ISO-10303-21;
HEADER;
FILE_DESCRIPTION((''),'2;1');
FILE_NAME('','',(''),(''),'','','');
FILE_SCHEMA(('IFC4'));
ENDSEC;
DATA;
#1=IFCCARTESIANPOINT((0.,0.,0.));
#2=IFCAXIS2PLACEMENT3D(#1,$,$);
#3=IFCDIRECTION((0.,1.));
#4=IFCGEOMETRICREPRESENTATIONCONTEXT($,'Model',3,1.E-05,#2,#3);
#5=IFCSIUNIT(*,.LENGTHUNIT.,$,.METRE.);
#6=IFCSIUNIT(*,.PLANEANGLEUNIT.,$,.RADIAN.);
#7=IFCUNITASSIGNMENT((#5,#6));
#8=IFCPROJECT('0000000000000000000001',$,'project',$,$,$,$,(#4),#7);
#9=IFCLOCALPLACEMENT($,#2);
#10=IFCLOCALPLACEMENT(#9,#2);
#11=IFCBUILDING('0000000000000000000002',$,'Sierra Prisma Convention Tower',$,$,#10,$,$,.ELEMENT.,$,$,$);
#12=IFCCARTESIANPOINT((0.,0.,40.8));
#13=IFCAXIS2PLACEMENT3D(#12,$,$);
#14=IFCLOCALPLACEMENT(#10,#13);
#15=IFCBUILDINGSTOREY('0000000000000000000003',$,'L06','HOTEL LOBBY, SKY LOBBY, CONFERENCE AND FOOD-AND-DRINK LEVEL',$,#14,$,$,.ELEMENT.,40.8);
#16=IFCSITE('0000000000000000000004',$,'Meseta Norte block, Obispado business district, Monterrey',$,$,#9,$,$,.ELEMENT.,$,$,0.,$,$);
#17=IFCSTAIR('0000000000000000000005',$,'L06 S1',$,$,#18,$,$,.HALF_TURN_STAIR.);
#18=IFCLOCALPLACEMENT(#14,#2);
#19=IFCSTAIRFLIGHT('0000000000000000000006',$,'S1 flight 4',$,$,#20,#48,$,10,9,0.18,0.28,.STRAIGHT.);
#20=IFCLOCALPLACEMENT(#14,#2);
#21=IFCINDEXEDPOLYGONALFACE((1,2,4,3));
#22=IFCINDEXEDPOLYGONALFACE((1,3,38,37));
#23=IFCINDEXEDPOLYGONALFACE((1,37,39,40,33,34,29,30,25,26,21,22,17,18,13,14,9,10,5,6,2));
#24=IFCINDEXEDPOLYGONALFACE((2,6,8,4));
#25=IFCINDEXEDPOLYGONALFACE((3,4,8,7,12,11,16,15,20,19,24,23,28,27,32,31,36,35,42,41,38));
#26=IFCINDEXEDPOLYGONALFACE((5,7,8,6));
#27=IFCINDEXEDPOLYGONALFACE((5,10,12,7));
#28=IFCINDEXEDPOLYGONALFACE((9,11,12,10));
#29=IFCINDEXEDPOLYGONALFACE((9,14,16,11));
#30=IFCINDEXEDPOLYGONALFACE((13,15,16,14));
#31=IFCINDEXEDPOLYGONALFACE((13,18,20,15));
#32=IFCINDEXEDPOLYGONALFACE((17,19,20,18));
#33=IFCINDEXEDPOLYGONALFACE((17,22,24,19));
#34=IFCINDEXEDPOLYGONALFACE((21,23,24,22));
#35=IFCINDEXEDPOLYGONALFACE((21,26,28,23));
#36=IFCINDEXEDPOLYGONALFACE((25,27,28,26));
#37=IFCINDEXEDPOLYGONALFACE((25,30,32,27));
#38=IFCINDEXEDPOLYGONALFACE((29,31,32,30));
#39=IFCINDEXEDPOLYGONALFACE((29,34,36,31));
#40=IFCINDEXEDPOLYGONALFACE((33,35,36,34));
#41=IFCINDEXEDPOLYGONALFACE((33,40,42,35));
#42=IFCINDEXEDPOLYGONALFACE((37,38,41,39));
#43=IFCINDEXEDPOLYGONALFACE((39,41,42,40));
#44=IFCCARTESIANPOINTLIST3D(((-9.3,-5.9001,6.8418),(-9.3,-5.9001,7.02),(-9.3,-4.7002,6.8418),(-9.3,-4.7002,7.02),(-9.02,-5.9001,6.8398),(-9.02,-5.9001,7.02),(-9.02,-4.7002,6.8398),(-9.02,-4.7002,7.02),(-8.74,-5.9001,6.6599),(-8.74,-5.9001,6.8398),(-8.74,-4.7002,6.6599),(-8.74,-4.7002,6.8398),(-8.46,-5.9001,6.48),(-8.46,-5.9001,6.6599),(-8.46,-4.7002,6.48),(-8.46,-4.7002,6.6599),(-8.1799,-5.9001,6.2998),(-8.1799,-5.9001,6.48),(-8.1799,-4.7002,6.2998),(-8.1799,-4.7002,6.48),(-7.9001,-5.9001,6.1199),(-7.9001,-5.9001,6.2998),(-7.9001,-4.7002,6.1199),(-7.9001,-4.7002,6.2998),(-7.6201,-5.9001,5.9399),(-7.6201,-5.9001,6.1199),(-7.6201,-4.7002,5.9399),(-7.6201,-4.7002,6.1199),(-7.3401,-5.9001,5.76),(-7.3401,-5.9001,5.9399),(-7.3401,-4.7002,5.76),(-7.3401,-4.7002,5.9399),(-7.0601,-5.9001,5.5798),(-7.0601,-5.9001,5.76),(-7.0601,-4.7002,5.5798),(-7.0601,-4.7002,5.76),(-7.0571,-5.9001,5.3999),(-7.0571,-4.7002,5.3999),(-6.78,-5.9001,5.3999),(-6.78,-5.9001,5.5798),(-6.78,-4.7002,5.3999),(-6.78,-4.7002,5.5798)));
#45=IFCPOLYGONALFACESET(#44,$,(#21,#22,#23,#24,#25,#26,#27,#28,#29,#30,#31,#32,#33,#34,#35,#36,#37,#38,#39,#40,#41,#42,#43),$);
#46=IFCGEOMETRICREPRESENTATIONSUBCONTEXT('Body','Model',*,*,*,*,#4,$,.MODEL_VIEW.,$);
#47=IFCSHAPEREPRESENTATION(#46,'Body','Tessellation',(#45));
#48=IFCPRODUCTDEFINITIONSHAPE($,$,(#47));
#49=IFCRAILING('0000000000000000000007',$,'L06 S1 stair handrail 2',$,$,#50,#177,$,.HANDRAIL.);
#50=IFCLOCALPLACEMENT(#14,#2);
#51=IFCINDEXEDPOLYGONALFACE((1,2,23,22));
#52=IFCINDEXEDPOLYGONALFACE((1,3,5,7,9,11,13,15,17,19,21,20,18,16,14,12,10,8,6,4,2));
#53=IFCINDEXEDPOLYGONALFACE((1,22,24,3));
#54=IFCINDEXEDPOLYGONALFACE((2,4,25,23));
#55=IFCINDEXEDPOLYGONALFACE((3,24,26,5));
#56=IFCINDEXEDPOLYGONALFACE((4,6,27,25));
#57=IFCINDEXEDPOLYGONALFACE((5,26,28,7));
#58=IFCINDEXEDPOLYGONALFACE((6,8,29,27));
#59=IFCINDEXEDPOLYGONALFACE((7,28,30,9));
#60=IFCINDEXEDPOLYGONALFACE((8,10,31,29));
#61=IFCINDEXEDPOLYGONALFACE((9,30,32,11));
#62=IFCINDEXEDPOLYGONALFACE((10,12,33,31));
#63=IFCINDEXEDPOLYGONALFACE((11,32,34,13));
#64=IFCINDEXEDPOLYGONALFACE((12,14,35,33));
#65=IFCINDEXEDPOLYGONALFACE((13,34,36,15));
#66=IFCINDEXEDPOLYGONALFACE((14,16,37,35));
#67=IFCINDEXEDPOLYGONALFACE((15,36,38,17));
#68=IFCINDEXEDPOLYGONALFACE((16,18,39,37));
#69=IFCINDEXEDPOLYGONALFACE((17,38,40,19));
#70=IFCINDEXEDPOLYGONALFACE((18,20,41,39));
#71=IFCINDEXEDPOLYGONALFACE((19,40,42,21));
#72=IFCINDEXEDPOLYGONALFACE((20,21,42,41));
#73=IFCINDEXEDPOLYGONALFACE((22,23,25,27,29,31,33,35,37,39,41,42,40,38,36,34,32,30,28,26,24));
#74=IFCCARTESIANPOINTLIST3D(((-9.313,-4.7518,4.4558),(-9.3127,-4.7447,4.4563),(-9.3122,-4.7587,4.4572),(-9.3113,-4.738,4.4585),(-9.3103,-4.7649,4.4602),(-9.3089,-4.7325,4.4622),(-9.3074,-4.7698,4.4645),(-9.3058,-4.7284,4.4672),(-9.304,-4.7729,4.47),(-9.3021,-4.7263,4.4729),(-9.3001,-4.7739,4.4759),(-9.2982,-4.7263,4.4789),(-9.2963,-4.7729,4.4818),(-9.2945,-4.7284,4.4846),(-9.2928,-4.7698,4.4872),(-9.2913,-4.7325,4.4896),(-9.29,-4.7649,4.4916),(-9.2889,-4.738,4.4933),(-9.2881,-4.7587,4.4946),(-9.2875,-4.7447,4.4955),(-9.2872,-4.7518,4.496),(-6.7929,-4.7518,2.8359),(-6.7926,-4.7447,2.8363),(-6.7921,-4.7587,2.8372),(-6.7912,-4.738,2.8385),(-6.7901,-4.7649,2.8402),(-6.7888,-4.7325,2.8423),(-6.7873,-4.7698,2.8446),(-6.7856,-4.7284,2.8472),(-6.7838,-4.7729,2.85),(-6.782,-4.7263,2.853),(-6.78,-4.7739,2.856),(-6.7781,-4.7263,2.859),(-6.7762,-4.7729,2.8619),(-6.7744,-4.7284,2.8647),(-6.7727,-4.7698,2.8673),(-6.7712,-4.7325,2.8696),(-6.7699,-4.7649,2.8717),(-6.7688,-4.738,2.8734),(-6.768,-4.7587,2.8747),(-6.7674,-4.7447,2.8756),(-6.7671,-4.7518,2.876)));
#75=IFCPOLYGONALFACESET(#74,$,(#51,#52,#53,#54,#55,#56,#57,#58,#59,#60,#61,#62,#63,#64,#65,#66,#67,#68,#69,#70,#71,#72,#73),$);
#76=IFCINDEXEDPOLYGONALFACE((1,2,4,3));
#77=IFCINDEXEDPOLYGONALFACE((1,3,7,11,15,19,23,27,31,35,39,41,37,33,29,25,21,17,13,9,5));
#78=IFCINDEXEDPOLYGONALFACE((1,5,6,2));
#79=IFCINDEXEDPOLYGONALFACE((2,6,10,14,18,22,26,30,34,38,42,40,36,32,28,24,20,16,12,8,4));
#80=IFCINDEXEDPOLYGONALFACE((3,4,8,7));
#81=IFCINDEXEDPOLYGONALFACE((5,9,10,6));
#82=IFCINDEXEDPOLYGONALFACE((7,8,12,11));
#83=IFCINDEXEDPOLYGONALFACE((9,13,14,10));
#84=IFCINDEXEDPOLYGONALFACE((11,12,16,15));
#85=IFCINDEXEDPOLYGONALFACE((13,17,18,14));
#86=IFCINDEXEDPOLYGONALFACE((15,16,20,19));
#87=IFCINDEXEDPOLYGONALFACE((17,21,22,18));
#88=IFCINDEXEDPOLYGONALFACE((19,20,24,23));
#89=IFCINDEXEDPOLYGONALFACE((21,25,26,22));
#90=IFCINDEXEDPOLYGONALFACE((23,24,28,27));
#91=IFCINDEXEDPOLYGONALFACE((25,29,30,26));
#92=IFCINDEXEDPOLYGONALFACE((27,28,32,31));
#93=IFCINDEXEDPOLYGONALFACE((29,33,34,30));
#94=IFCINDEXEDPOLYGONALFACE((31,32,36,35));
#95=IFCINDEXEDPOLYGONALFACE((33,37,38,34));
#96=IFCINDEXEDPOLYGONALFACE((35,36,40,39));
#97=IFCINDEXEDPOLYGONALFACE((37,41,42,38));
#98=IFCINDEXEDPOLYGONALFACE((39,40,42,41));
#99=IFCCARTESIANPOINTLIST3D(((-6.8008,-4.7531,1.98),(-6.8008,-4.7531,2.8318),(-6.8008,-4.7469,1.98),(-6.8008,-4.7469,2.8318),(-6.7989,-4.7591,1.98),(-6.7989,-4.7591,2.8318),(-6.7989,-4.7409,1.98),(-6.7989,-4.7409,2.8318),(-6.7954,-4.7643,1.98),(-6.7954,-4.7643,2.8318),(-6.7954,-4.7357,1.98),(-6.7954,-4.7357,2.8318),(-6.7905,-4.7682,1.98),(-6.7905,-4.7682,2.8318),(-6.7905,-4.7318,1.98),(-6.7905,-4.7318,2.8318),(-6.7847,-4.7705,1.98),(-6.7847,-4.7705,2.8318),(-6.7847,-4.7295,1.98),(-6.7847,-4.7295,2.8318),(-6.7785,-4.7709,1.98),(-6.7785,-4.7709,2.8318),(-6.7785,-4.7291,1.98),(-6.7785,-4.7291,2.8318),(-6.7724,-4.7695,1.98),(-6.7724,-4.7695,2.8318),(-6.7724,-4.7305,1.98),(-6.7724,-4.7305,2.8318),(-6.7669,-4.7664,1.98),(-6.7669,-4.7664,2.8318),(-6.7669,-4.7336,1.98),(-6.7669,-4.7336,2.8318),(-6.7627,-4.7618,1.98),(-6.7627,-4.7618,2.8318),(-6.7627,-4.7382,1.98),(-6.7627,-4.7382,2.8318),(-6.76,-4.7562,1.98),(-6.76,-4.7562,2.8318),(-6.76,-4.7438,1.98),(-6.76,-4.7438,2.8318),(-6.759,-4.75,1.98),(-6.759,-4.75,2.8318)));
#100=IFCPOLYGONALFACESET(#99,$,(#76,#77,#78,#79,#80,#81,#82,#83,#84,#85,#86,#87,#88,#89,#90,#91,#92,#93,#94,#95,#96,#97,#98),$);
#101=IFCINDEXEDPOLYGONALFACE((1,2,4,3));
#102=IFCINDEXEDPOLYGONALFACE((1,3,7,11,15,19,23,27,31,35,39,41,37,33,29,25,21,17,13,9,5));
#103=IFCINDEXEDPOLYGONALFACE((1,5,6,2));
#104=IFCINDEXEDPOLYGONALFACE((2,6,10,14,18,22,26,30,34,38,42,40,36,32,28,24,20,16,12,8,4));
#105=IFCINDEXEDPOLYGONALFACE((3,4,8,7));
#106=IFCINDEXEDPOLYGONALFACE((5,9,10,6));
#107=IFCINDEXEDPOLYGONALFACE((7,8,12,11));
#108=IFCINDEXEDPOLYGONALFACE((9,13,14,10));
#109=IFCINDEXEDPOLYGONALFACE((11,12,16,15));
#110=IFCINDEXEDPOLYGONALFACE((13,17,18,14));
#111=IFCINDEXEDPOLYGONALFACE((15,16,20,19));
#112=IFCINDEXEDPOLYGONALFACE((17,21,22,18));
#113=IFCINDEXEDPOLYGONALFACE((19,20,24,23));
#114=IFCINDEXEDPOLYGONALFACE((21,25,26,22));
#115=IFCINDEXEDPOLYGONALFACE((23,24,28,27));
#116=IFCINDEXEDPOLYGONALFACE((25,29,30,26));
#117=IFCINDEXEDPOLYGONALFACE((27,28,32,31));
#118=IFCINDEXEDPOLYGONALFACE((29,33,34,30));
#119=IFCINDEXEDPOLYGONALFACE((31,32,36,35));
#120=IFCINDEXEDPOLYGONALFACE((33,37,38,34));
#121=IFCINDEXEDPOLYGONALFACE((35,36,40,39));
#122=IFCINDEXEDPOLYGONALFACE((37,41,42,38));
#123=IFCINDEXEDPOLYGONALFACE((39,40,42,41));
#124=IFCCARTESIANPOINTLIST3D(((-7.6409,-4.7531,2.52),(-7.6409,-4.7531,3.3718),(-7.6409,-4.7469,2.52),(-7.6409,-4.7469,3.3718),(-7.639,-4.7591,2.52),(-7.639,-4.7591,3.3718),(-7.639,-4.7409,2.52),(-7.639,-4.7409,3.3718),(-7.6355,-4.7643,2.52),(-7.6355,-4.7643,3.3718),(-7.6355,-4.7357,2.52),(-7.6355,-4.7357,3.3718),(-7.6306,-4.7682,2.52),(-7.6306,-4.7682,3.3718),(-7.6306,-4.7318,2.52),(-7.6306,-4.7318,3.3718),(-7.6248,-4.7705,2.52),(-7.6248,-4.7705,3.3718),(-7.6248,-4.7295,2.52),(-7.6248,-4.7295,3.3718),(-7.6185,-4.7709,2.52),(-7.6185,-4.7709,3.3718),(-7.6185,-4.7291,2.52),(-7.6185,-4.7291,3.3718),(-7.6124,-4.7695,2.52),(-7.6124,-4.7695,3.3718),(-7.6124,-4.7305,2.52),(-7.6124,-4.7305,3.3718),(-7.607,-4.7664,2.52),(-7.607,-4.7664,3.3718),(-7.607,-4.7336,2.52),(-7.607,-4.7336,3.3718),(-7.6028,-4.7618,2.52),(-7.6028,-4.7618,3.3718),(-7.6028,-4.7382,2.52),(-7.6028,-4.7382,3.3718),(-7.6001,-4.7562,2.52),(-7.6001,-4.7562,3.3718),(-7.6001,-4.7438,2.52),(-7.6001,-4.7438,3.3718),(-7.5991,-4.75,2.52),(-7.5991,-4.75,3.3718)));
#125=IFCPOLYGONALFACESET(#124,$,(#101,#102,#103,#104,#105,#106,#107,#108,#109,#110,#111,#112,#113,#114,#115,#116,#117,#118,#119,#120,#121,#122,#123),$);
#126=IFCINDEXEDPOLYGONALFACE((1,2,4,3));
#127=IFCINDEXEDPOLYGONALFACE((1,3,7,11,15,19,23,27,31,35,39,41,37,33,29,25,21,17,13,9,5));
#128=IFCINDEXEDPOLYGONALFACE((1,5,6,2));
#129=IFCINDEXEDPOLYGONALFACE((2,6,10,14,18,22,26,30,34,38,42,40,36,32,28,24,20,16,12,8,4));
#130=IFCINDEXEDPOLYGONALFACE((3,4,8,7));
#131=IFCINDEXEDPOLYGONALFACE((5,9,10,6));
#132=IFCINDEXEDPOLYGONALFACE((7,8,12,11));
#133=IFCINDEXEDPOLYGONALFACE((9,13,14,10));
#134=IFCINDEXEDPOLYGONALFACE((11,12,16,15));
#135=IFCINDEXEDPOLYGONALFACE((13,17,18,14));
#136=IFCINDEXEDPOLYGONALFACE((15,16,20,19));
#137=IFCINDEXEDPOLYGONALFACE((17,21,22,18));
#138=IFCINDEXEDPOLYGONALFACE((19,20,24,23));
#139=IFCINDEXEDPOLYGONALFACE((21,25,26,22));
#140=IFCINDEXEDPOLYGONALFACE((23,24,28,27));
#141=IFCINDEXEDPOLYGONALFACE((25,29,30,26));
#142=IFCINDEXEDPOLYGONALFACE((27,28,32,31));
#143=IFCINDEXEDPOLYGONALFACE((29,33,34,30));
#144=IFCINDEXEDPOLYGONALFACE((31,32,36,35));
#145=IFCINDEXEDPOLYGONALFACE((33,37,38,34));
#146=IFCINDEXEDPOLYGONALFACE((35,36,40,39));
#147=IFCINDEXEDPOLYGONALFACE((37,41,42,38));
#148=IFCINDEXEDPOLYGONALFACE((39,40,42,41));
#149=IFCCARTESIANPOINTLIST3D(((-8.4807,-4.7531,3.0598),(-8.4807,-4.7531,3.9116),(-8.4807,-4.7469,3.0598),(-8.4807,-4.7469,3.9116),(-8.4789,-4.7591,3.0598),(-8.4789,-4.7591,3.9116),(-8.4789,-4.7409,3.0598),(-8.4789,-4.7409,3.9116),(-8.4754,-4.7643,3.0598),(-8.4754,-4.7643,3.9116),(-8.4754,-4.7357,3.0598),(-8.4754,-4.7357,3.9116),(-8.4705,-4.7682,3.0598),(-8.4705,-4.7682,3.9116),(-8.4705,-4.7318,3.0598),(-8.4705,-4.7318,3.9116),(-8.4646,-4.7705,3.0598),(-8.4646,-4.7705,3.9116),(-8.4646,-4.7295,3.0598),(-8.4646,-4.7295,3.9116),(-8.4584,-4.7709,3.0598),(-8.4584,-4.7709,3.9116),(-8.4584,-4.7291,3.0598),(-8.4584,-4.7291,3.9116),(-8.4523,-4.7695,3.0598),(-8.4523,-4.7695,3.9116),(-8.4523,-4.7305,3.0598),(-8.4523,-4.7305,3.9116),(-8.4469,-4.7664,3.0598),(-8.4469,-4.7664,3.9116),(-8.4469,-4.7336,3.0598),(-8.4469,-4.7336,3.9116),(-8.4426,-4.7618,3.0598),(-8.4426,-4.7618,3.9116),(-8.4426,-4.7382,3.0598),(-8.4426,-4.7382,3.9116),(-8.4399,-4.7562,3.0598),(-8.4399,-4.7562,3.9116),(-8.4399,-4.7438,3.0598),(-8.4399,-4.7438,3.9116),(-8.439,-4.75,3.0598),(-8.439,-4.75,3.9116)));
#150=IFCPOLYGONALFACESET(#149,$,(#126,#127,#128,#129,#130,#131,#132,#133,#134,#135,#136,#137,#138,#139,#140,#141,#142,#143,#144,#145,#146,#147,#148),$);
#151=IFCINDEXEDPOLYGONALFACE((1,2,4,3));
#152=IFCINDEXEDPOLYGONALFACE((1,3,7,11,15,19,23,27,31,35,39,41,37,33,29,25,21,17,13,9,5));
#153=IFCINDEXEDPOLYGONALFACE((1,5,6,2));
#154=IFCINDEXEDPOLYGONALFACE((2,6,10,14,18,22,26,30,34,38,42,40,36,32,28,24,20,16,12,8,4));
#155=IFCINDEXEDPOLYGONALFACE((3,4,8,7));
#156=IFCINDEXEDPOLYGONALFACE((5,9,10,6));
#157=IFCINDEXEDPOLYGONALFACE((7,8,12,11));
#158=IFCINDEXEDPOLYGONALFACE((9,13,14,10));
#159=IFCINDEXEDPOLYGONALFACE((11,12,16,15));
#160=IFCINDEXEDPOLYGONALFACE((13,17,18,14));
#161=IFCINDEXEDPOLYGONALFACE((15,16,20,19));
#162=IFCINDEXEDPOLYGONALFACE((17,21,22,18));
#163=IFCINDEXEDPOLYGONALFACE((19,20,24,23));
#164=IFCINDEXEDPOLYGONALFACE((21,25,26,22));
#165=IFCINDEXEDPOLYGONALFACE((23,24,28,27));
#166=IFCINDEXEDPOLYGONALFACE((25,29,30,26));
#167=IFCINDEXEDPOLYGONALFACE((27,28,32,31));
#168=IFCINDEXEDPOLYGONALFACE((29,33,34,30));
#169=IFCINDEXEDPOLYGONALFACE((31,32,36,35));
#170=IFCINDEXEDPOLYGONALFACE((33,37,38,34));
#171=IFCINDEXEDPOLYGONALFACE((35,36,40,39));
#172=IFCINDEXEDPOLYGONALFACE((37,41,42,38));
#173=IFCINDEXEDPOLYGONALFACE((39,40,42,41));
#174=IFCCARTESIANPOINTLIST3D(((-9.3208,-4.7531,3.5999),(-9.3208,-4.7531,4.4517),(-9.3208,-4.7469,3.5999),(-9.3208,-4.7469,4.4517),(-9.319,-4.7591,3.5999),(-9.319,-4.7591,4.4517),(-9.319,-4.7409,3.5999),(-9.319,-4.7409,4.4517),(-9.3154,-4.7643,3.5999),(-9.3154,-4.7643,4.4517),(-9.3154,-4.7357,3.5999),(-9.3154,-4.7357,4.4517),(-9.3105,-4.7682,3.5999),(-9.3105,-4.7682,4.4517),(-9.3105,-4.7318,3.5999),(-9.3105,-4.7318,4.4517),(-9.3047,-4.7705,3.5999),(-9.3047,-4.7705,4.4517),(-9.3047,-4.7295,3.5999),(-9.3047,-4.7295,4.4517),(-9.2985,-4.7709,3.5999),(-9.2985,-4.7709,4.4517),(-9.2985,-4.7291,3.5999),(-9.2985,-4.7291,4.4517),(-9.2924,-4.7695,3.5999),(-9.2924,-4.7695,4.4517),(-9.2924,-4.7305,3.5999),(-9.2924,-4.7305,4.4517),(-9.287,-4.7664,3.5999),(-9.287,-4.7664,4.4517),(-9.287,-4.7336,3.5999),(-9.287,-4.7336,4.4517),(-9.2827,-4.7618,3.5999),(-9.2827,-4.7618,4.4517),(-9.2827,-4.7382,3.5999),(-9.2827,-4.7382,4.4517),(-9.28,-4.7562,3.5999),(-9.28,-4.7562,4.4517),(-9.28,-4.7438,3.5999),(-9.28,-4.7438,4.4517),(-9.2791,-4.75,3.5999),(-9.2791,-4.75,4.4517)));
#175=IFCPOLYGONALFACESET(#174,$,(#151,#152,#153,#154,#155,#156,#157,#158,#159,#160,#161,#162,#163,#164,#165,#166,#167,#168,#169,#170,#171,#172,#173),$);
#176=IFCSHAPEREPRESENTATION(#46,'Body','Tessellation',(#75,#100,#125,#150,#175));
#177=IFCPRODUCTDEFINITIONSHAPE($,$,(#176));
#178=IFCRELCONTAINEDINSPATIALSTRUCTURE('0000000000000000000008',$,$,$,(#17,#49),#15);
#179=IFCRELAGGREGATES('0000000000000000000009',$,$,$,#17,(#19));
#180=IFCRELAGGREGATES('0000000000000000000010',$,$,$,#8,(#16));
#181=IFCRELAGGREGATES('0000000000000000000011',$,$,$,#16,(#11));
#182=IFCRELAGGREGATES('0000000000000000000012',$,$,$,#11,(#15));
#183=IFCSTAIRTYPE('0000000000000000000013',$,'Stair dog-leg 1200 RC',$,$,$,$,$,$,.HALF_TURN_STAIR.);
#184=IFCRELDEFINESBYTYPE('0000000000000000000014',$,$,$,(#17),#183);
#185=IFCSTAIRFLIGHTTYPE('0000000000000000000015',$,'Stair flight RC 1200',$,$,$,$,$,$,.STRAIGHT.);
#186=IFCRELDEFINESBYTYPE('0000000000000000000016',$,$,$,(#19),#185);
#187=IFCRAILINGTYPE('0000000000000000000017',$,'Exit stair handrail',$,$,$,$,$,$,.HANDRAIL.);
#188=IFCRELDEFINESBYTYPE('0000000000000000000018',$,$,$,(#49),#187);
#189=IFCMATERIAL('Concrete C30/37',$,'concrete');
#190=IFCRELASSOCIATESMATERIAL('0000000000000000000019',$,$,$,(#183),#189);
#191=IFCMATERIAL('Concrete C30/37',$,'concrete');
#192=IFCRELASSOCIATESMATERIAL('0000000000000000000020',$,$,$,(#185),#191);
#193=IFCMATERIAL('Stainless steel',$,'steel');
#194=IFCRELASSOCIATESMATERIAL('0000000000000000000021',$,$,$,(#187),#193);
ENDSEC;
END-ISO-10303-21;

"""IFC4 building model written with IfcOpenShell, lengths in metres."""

from ifc_helpers import new_model, si_unit, direction, frame, origin, origin_2d, place, context, subcontext, project, spatial, polyline, circle, outline, extrude, material, type_object, element, aggregate, save


model = new_model("IFC4")

# Units and contexts
model_context = context("Model", 3, precision=1e-05, world=origin(), true_north=direction((0.0, 1.0)))
body_context = subcontext(model_context, "Body", "Model", "MODEL_VIEW")
ifc_project = project(units=[si_unit("LENGTHUNIT", "METRE"), si_unit("PLANEANGLEUNIT", "RADIAN")], contexts=[model_context])

# Site, building, storey
site_placement = place(None, origin())
site = spatial("IfcSite", under=ifc_project, at=site_placement, Name="Meseta Norte block, Obispado business district, Monterrey", CompositionType="ELEMENT", RefElevation=0.0)
building_placement = place(site_placement, origin())
building = spatial("IfcBuilding", under=site, at=building_placement, Name="Sierra Prisma Convention Tower", CompositionType="ELEMENT")
storey_placement = place(building_placement, frame((0.0, 0.0, 40.8)))
storey = spatial("IfcBuildingStorey", under=building, at=storey_placement, Name="L06", Description="HOTEL LOBBY, SKY LOBBY, CONFERENCE AND FOOD-AND-DRINK LEVEL", CompositionType="ELEMENT", Elevation=40.8)

# Stair, stair flight
ifc_material_1 = material(Name="Concrete C30/37", Category="concrete")
stair_type = type_object("IfcStairType", Name="Stair dog-leg 1200 RC", PredefinedType="HALF_TURN_STAIR", material=ifc_material_1)
stair_placement = place(storey_placement, origin())
stair = element("IfcStair", 1, at=stair_placement, inside=storey, type_object=stair_type, Name="L06 S1", PredefinedType="HALF_TURN_STAIR")
ifc_material_2 = material(Name="Concrete C30/37", Category="concrete")
stair_flight_type = type_object("IfcStairFlightType", Name="Stair flight RC 1200", PredefinedType="STRAIGHT", material=ifc_material_2)
stair_flight_1_placement = place(storey_placement, frame((-6.78, -5.3, 5.3999), z_axis=(0.0, 0.0, 1.0), x_axis=(-1.0, 0.0, 0.0)))
stair_flight_1 = element("IfcStairFlight", 2, at=stair_flight_1_placement, type_object=stair_flight_type, Name="S1 flight 4", NumberOfRisers=10, NumberOfTreads=9, PredefinedType="STRAIGHT", RiserHeight=0.18, TreadLength=0.28, context=body_context, shape_type="SweptSolid", body=[
    extrude(outline(polyline([(0.0, 0.0), (0.0, 0.1799), (0.28, 0.1799), (0.28, 0.3601), (0.5601, 0.3601), (0.5601, 0.54), (0.8401, 0.54), (0.8401, 0.72), (1.1201, 0.72), (1.1201, 0.8999), (1.3999, 0.8999), (1.3999, 1.0801), (1.6799, 1.0801), (1.6799, 1.26), (1.96, 1.26), (1.96, 1.4399), (2.24, 1.4399), (2.24, 1.6201), (2.52, 1.6201), (2.52, 1.8), (2.52, 1.4419), (0.2771, 0.0), (0.0, 0.0)])), frame((0.0, 0.6001, 0.0), z_axis=(0.0, -1.0, 0.0), x_axis=(1.0, 0.0, 0.0)), (0.0, 0.0, 1.0), 1.2),
])
aggregate(stair, [stair_flight_1])

# Railing
ifc_material_3 = material(Name="Stainless steel", Category="steel")
railing_type_1 = type_object("IfcRailingType", Name="Exit stair handrail", PredefinedType="HANDRAIL", material=ifc_material_3)
railing_1_placement = place(storey_placement, frame((-6.78, -4.75, 1.98)))
element("IfcRailing", 3, at=railing_1_placement, inside=storey, type_object=railing_type_1, Name="L06 S1 stair handrail 2", PredefinedType="HANDRAIL", context=body_context, shape_type="SweptSolid", body=[
    extrude(circle(Radius=0.0239, at=origin_2d()), frame((0.0, 0.0, 0.876), z_axis=(-0.8412, 0.0, 0.540725), x_axis=(0.0, -1.0, 0.0)), (0.0, 0.0, 1.0), 2.9958),
    extrude(circle(Radius=0.021, at=origin_2d()), origin(), (0.0, 0.0, 1.0), 0.8518),
    extrude(circle(Radius=0.021, at=origin_2d()), frame((-0.8401, 0.0, 0.54)), (0.0, 0.0, 1.0), 0.8518),
    extrude(circle(Radius=0.021, at=origin_2d()), frame((-1.6799, 0.0, 1.0798)), (0.0, 0.0, 1.0), 0.8518),
    extrude(circle(Radius=0.021, at=origin_2d()), frame((-2.52, 0.0, 1.6199)), (0.0, 0.0, 1.0), 0.8518),
])

save(model, "model.ifc")
